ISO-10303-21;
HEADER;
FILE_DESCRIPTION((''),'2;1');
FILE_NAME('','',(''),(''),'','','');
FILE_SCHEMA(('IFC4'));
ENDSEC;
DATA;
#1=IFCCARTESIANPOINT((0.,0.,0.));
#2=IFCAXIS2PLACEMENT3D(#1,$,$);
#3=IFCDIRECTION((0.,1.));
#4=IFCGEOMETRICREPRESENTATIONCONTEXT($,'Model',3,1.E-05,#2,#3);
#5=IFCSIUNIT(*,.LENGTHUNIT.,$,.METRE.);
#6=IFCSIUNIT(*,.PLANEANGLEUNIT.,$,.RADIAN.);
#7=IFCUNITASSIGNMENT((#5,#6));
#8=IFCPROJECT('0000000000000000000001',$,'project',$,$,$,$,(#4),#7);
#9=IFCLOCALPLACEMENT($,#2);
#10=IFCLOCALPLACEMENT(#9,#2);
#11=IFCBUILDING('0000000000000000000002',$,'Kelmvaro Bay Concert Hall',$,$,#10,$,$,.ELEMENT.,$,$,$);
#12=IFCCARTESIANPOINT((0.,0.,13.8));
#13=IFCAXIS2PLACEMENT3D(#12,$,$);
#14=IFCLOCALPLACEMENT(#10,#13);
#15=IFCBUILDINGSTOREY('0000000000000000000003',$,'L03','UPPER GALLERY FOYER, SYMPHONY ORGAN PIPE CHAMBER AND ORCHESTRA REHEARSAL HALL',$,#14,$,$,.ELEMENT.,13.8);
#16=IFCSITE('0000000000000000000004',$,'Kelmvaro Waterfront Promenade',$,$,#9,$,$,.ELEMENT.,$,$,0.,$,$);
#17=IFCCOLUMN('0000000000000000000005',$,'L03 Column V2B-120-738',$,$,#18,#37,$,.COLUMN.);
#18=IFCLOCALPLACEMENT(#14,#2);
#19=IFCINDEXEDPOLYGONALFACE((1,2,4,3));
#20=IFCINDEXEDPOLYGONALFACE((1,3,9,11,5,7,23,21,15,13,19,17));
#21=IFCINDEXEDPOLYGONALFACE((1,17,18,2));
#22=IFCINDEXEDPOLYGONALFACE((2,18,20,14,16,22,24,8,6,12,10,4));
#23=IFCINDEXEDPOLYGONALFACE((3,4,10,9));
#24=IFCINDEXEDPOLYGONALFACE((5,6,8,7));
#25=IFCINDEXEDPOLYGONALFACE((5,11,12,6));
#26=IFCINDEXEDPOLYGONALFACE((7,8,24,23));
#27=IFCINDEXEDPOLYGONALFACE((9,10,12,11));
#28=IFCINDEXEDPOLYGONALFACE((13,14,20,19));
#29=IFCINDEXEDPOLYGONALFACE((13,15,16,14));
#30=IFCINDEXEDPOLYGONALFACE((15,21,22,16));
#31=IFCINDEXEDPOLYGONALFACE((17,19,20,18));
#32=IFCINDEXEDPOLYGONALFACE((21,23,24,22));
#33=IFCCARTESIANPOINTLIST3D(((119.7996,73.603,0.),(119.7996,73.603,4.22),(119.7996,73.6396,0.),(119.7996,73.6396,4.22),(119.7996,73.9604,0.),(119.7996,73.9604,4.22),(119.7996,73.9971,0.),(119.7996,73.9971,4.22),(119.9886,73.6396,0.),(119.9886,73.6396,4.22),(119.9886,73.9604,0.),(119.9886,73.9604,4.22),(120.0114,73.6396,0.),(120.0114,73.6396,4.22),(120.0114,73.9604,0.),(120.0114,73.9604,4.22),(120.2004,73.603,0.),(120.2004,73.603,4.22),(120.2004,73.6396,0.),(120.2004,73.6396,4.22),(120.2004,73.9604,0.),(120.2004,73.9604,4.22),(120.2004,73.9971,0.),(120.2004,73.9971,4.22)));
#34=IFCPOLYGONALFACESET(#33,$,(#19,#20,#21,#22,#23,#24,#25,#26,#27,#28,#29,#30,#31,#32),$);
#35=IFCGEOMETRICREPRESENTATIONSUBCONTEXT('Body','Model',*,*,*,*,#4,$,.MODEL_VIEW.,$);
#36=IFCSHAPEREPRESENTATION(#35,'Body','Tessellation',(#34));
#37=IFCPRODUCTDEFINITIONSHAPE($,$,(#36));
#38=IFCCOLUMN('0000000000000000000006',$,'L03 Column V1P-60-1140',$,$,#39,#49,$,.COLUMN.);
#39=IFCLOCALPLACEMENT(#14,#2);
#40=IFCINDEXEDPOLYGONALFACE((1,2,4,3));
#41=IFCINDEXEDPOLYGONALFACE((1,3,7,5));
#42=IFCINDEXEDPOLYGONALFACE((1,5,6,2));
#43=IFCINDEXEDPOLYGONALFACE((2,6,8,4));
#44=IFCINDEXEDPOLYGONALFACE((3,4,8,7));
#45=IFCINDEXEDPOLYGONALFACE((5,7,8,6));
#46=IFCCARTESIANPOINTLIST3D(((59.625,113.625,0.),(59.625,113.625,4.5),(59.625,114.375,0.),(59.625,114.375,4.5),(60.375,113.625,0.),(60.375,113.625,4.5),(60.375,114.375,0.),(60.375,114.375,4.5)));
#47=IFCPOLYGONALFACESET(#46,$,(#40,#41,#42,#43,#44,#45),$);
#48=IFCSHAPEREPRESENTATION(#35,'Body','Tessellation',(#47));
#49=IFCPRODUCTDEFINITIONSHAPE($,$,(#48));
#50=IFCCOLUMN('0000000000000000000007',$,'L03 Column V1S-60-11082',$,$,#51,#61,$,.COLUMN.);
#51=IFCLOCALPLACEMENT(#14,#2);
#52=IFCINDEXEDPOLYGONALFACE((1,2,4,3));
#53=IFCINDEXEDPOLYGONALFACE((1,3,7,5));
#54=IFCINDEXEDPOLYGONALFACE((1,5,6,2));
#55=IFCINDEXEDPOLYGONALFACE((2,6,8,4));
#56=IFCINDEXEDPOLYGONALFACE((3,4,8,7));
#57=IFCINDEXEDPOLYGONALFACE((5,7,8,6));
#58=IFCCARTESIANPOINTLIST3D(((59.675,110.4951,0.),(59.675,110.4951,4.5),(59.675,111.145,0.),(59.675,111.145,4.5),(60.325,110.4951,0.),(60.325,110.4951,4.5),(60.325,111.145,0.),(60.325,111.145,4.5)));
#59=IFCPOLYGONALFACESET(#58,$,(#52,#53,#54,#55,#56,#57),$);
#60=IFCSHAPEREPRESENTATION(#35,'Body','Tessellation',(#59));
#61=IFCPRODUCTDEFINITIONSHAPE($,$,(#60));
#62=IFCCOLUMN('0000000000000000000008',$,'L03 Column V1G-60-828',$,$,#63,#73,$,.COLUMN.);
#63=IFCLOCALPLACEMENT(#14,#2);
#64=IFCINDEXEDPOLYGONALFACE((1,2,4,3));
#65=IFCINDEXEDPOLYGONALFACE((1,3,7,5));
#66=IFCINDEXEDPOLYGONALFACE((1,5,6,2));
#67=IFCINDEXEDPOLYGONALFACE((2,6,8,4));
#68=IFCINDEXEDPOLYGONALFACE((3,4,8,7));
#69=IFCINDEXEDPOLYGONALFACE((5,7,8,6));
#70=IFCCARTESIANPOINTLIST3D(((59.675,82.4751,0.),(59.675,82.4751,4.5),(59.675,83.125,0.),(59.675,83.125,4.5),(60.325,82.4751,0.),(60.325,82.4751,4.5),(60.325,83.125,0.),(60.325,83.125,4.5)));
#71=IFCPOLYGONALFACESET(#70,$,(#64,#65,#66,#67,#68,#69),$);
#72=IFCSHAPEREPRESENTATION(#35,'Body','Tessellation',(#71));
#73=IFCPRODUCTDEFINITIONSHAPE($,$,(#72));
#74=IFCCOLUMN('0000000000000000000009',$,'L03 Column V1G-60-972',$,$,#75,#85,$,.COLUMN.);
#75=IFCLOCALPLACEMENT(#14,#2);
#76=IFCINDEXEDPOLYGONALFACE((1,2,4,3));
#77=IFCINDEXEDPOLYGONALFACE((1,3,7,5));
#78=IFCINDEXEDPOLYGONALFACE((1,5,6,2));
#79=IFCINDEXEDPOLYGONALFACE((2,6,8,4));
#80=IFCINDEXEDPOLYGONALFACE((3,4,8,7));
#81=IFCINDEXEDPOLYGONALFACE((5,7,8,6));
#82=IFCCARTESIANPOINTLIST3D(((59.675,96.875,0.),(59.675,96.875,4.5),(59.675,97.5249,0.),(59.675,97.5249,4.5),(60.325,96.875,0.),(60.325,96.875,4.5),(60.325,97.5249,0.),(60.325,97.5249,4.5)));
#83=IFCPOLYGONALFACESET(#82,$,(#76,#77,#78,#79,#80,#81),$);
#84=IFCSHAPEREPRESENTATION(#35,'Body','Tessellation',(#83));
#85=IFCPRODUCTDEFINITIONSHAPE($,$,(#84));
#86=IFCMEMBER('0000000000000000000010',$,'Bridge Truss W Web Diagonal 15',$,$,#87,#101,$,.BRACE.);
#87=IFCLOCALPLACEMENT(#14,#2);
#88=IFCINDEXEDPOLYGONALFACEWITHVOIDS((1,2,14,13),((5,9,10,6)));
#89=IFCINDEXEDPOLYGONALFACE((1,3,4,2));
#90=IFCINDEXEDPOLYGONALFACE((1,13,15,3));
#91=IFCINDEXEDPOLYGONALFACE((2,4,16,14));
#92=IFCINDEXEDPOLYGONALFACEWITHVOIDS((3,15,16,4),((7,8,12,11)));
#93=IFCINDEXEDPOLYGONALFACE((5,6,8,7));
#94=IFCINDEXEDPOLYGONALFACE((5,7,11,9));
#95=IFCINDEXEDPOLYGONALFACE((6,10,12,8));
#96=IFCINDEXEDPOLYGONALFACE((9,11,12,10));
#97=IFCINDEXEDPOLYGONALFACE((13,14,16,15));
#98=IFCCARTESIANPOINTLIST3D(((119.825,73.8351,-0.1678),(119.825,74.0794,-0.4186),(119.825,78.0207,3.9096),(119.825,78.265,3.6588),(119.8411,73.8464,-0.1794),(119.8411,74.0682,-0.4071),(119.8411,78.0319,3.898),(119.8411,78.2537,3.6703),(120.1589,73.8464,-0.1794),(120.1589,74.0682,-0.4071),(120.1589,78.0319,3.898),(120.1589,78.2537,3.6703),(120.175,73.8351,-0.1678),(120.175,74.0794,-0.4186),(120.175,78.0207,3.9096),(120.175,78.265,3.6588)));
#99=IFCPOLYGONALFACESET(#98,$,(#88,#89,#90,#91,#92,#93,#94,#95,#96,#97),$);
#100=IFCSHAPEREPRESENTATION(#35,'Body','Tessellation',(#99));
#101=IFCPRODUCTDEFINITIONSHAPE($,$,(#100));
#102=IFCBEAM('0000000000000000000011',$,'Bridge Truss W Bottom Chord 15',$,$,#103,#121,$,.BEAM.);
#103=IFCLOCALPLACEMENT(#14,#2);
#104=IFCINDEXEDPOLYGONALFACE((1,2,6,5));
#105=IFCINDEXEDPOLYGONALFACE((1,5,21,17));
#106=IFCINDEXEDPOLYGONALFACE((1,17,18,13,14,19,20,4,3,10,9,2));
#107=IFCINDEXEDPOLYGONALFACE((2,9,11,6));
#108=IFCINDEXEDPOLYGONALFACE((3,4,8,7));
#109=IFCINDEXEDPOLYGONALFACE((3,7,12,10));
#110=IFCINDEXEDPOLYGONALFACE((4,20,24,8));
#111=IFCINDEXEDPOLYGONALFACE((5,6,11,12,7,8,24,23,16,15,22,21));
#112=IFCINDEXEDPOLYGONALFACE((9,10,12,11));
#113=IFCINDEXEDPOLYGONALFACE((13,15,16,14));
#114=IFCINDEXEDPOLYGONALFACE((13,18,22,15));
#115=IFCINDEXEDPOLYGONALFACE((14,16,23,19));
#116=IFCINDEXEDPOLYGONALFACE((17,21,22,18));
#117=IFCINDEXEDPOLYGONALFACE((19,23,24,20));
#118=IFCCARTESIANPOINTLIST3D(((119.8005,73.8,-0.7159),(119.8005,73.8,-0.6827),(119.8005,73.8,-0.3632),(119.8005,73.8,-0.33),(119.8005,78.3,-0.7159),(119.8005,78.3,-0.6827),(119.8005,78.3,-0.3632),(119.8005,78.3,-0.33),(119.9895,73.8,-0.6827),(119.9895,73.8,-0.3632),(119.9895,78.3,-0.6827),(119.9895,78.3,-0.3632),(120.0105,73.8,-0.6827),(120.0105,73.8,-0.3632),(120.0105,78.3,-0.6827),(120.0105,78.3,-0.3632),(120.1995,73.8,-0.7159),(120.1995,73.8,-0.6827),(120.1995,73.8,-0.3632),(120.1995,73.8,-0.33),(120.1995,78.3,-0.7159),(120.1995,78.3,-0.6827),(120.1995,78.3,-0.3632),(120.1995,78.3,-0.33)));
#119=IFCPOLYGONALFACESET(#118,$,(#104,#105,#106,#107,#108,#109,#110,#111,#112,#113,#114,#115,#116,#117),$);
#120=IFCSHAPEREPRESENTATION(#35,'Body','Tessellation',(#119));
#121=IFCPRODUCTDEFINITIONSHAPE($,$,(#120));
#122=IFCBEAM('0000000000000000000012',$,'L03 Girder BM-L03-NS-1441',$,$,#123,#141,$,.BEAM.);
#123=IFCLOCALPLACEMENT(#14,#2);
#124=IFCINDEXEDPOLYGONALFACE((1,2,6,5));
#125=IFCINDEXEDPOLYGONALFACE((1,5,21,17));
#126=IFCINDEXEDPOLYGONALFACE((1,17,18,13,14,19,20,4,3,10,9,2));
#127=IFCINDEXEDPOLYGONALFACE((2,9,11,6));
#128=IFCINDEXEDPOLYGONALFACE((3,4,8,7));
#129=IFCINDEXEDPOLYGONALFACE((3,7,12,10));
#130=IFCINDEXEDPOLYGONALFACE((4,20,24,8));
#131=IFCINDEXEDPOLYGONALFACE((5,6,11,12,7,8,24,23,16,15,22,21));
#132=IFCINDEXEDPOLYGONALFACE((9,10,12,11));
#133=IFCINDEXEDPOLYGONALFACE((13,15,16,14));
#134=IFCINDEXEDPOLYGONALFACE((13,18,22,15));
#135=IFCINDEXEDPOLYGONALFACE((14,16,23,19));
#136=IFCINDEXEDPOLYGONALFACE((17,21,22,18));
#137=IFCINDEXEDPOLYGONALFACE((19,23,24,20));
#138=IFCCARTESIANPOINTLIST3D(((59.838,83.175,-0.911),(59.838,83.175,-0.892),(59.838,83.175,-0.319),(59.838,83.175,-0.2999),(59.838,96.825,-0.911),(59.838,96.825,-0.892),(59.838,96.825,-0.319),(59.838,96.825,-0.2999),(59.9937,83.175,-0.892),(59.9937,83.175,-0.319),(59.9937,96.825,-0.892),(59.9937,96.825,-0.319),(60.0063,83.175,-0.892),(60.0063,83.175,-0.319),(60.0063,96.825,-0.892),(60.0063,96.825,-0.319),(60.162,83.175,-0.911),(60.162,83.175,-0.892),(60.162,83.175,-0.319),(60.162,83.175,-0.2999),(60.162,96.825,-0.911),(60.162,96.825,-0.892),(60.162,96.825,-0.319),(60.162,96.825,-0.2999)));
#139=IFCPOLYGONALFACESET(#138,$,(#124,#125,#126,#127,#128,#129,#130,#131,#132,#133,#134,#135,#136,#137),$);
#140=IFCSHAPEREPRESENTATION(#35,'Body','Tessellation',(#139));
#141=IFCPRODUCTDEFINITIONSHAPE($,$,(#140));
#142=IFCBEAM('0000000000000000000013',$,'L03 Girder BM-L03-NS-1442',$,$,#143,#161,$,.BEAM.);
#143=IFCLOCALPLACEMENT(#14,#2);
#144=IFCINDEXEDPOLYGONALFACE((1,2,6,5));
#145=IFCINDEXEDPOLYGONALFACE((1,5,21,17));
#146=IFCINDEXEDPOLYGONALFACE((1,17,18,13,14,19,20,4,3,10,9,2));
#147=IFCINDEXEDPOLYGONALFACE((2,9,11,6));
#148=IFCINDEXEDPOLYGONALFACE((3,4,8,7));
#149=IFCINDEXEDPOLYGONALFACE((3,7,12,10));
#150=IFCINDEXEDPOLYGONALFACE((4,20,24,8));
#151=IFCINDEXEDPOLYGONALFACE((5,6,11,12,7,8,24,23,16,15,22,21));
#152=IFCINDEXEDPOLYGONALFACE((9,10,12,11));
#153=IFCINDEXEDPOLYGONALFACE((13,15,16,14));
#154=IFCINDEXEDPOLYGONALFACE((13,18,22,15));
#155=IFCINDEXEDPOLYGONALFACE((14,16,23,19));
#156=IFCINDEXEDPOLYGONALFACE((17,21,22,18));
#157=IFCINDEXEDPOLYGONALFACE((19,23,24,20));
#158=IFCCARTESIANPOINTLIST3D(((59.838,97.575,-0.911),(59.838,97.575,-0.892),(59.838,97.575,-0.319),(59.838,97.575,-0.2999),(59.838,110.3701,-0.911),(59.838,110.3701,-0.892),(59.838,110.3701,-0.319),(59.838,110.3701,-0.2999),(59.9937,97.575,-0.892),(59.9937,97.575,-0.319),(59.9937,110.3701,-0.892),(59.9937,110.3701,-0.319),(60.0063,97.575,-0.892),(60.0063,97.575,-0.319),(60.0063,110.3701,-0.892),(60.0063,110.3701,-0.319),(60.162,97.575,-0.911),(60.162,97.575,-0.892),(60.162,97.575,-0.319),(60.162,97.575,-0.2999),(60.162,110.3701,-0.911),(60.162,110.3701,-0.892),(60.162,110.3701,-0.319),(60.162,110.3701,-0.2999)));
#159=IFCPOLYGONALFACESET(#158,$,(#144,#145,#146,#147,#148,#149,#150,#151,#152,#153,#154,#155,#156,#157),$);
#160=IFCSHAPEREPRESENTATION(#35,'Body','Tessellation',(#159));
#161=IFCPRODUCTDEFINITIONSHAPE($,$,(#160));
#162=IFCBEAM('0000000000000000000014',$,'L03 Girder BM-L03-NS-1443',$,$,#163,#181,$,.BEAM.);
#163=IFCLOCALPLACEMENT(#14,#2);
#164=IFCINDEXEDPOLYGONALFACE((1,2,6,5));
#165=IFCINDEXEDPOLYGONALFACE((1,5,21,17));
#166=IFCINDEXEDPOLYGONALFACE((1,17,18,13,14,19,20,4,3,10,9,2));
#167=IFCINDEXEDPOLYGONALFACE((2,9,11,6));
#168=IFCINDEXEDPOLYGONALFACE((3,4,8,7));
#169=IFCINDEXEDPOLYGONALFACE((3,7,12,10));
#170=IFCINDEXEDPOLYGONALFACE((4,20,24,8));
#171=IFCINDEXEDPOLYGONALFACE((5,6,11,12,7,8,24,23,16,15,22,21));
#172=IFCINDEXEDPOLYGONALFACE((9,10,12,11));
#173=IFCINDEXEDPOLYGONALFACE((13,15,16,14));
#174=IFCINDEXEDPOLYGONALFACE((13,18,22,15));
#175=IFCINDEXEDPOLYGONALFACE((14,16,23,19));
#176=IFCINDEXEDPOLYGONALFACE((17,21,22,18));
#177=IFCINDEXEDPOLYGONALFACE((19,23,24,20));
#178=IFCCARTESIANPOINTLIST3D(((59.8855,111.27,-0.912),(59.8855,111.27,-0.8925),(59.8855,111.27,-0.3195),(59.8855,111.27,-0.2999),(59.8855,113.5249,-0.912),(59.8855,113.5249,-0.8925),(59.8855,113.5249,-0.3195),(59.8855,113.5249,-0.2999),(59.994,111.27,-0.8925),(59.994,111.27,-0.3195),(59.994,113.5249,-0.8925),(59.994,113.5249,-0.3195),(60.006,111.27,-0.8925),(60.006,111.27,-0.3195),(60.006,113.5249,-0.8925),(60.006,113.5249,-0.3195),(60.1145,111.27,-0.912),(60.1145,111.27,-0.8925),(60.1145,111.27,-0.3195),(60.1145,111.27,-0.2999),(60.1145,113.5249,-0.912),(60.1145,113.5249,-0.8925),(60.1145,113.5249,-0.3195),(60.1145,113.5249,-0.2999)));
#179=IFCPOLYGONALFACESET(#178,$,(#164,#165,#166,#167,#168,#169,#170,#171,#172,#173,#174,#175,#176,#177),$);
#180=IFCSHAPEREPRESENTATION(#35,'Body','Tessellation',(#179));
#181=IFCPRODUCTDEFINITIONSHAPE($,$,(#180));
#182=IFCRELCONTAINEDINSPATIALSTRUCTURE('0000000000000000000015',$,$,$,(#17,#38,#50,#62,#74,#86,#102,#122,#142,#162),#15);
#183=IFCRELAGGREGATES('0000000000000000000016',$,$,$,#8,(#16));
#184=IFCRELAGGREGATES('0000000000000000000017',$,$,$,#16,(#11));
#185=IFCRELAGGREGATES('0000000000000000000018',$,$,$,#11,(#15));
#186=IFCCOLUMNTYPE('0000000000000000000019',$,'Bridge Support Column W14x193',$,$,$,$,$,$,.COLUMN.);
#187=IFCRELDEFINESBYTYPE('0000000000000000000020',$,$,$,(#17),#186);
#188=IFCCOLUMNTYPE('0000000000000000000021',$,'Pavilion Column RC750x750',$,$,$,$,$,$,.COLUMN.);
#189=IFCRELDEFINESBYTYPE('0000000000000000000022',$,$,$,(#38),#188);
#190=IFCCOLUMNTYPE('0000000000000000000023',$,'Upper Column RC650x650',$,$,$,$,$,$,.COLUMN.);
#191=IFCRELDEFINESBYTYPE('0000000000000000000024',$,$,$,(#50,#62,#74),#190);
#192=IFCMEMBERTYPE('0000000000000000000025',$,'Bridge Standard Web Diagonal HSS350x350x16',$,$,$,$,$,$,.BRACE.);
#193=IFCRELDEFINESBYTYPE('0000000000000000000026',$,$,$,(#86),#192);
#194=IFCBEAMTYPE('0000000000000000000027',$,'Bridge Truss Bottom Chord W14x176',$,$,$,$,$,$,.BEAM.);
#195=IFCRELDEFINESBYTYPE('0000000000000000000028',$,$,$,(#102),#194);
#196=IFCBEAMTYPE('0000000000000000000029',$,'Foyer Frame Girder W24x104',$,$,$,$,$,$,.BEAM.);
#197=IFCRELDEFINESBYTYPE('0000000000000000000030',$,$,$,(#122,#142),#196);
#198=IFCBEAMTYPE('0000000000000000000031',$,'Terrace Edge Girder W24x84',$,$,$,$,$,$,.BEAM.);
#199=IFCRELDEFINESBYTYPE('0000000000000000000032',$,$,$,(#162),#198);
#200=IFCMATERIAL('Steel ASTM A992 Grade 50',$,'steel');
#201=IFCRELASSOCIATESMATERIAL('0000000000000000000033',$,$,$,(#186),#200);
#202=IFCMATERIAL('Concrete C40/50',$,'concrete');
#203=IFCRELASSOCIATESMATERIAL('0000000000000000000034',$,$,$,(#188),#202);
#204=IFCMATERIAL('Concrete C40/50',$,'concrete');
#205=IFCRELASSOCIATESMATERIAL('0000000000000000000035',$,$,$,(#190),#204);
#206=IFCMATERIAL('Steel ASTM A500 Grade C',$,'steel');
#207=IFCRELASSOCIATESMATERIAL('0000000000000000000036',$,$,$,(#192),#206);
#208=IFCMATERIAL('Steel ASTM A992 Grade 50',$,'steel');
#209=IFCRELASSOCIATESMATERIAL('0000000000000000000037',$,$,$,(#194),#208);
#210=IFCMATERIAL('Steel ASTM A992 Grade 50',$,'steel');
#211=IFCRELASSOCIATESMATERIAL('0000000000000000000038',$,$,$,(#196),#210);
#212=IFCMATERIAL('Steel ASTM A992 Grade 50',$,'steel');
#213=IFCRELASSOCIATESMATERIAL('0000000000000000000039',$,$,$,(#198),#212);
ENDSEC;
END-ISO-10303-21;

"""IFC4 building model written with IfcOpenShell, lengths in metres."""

from ifc_helpers import new_model, si_unit, direction, frame, origin, origin_2d, place, context, subcontext, project, spatial, rectangle, hollow_rectangle, i_section, extrude, material, material_profile, profile_set, type_object, element, save


model = new_model("IFC4")

# Units and contexts
model_context = context("Model", 3, precision=1e-05, world=origin(), true_north=direction((0.0, 1.0)))
body_context = subcontext(model_context, "Body", "Model", "MODEL_VIEW")
ifc_project = project(units=[si_unit("LENGTHUNIT", "METRE"), si_unit("PLANEANGLEUNIT", "RADIAN")], contexts=[model_context])

# Site, building, storey
site_placement = place(None, origin())
site = spatial("IfcSite", under=ifc_project, at=site_placement, Name="Kelmvaro Waterfront Promenade", CompositionType="ELEMENT", RefElevation=0.0)
building_placement = place(site_placement, origin())
building = spatial("IfcBuilding", under=site, at=building_placement, Name="Kelmvaro Bay Concert Hall", CompositionType="ELEMENT")
storey_placement = place(building_placement, frame((0.0, 0.0, 13.8)))
storey = spatial("IfcBuildingStorey", under=building, at=storey_placement, Name="L03", Description="UPPER GALLERY FOYER, SYMPHONY ORGAN PIPE CHAMBER AND ORCHESTRA REHEARSAL HALL", CompositionType="ELEMENT", Elevation=13.8)

# Columns
ifc_material_1 = material(Name="Steel ASTM A992 Grade 50", Category="steel")
ifc_material_profile_1 = material_profile(ifc_material_1, i_section(OverallWidth=0.4009, OverallDepth=0.394, WebThickness=0.0227, FlangeThickness=0.0366, at=origin_2d()), Name="W14X193")
ifc_profile_set_1 = profile_set([ifc_material_profile_1], Name="Steel ASTM A992 Grade 50")
column_type_1 = type_object("IfcColumnType", Name="Bridge Support Column W14x193", PredefinedType="COLUMN", material=ifc_profile_set_1)
column_1_placement = place(storey_placement, frame((120.0, 73.8, 0.0), z_axis=(0.0, 0.0, 1.0), x_axis=(1.0, 0.0, 0.0)))
element("IfcColumn", 1, at=column_1_placement, inside=storey, type_object=column_type_1, Name="L03 Column V2B-120-738", PredefinedType="COLUMN", context=body_context, shape_type="SweptSolid", body=[
    extrude(i_section(OverallWidth=0.4009, OverallDepth=0.394, WebThickness=0.0227, FlangeThickness=0.0366, at=origin_2d()), origin(), (0.0, 0.0, 1.0), 4.22),
])
ifc_material_2 = material(Name="Concrete C40/50", Category="concrete")
ifc_material_profile_2 = material_profile(ifc_material_2, rectangle(XDim=0.75, YDim=0.75, at=origin_2d()), Name="RC-COL-750X750")
ifc_profile_set_2 = profile_set([ifc_material_profile_2], Name="Concrete C40/50")
column_type_2 = type_object("IfcColumnType", Name="Pavilion Column RC750x750", PredefinedType="COLUMN", material=ifc_profile_set_2)
column_2_placement = place(storey_placement, frame((60.0, 114.0, 0.0), z_axis=(0.0, 0.0, 1.0), x_axis=(1.0, 0.0, 0.0)))
element("IfcColumn", 2, at=column_2_placement, inside=storey, type_object=column_type_2, Name="L03 Column V1P-60-1140", PredefinedType="COLUMN", context=body_context, shape_type="SweptSolid", body=[
    extrude(rectangle(XDim=0.75, YDim=0.75, at=origin_2d()), origin(), (0.0, 0.0, 1.0), 4.5),
])
ifc_material_3 = material(Name="Concrete C40/50", Category="concrete")
ifc_material_profile_3 = material_profile(ifc_material_3, rectangle(XDim=0.6499, YDim=0.6499, at=origin_2d()), Name="RC-COL-650X650")
ifc_profile_set_3 = profile_set([ifc_material_profile_3], Name="Concrete C40/50")
column_type_3 = type_object("IfcColumnType", Name="Upper Column RC650x650", PredefinedType="COLUMN", material=ifc_profile_set_3)
for number, where, z_axis, x_axis, name in (
    (3, (60.0, 110.8201, 0.0), (0.0, 0.0, 1.0), (1.0, 0.0, 0.0), "L03 Column V1S-60-11082"),
    (4, (60.0, 82.8, 0.0), (0.0, 0.0, 1.0), (1.0, 0.0, 0.0), "L03 Column V1G-60-828"),
    (5, (60.0, 97.2, 0.0), (0.0, 0.0, 1.0), (1.0, 0.0, 0.0), "L03 Column V1G-60-972"),
):
    element("IfcColumn", number, at=place(storey_placement, frame(where, z_axis=z_axis, x_axis=x_axis)), inside=storey, type_object=column_type_3, Name=name, PredefinedType="COLUMN", context=body_context, shape_type="SweptSolid", body=[
        extrude(rectangle(XDim=0.6499, YDim=0.6499, at=origin_2d()), origin(), (0.0, 0.0, 1.0), 4.5),
    ])

# Member
ifc_material_4 = material(Name="Steel ASTM A500 Grade C", Category="steel")
ifc_material_profile_4 = material_profile(ifc_material_4, hollow_rectangle(XDim=0.3501, YDim=0.3501, WallThickness=0.0161, at=origin_2d()), Name="HSS350X350X16")
ifc_profile_set_4 = profile_set([ifc_material_profile_4], Name="Steel ASTM A500 Grade C")
member_type = type_object("IfcMemberType", Name="Bridge Standard Web Diagonal HSS350x350x16", PredefinedType="BRACE", material=ifc_profile_set_4)
member_placement = place(storey_placement, frame((120.0, 73.9573, -0.2932), z_axis=(0.0, 0.716301, 0.697792), x_axis=(-1.0, 0.0, 0.0)))
element("IfcMember", 6, at=member_placement, inside=storey, type_object=member_type, Name="Bridge Truss W Web Diagonal 15", PredefinedType="BRACE", context=body_context, shape_type="SweptSolid", body=[
    extrude(hollow_rectangle(XDim=0.3501, YDim=0.3501, WallThickness=0.0161, at=origin_2d()), origin(), (0.0, 0.0, 1.0), 5.8433),
])

# Beams
ifc_material_5 = material(Name="Steel ASTM A992 Grade 50", Category="steel")
ifc_material_profile_5 = material_profile(ifc_material_5, i_section(OverallWidth=0.3989, OverallDepth=0.386, WebThickness=0.021, FlangeThickness=0.0332, at=origin_2d()), Name="W14X176")
ifc_profile_set_5 = profile_set([ifc_material_profile_5], Name="Steel ASTM A992 Grade 50")
beam_type_1 = type_object("IfcBeamType", Name="Bridge Truss Bottom Chord W14x176", PredefinedType="BEAM", material=ifc_profile_set_5)
beam_1_placement = place(storey_placement, frame((120.0, 73.8, -0.5229), z_axis=(0.0, 1.0, 0.0), x_axis=(-1.0, 0.0, 0.0)))
element("IfcBeam", 7, at=beam_1_placement, inside=storey, type_object=beam_type_1, Name="Bridge Truss W Bottom Chord 15", PredefinedType="BEAM", context=body_context, shape_type="SweptSolid", body=[
    extrude(i_section(OverallWidth=0.3989, OverallDepth=0.386, WebThickness=0.021, FlangeThickness=0.0332, at=origin_2d()), origin(), (0.0, 0.0, 1.0), 4.5),
])
ifc_material_6 = material(Name="Steel ASTM A992 Grade 50", Category="steel")
ifc_material_profile_6 = material_profile(ifc_material_6, i_section(OverallWidth=0.324, OverallDepth=0.6111, WebThickness=0.0127, FlangeThickness=0.019, at=origin_2d()), Name="W24X104")
ifc_profile_set_6 = profile_set([ifc_material_profile_6], Name="Steel ASTM A992 Grade 50")
beam_type_2 = type_object("IfcBeamType", Name="Foyer Frame Girder W24x104", PredefinedType="BEAM", material=ifc_profile_set_6)
beam_2_placement = place(storey_placement, frame((60.0, 83.175, -0.6055), z_axis=(0.0, 1.0, 0.0), x_axis=(-1.0, 0.0, 0.0)))
element("IfcBeam", 8, at=beam_2_placement, inside=storey, type_object=beam_type_2, Name="L03 Girder BM-L03-NS-1441", PredefinedType="BEAM", context=body_context, shape_type="SweptSolid", body=[
    extrude(i_section(OverallWidth=0.324, OverallDepth=0.6111, WebThickness=0.0127, FlangeThickness=0.019, at=origin_2d()), origin(), (0.0, 0.0, 1.0), 13.6499),
])
beam_3_placement = place(storey_placement, frame((60.0, 97.575, -0.6055), z_axis=(0.0, 1.0, 0.0), x_axis=(-1.0, 0.0, 0.0)))
element("IfcBeam", 9, at=beam_3_placement, inside=storey, type_object=beam_type_2, Name="L03 Girder BM-L03-NS-1442", PredefinedType="BEAM", context=body_context, shape_type="SweptSolid", body=[
    extrude(i_section(OverallWidth=0.324, OverallDepth=0.6111, WebThickness=0.0127, FlangeThickness=0.019, at=origin_2d()), origin(), (0.0, 0.0, 1.0), 12.7952),
])
ifc_material_7 = material(Name="Steel ASTM A992 Grade 50", Category="steel")
ifc_material_profile_7 = material_profile(ifc_material_7, i_section(OverallWidth=0.229, OverallDepth=0.6121, WebThickness=0.012, FlangeThickness=0.0195, at=origin_2d()), Name="W24X84")
ifc_profile_set_7 = profile_set([ifc_material_profile_7], Name="Steel ASTM A992 Grade 50")
beam_type_3 = type_object("IfcBeamType", Name="Terrace Edge Girder W24x84", PredefinedType="BEAM", material=ifc_profile_set_7)
beam_4_placement = place(storey_placement, frame((60.0, 111.27, -0.606), z_axis=(0.0, 1.0, 0.0), x_axis=(-1.0, 0.0, 0.0)))
element("IfcBeam", 10, at=beam_4_placement, inside=storey, type_object=beam_type_3, Name="L03 Girder BM-L03-NS-1443", PredefinedType="BEAM", context=body_context, shape_type="SweptSolid", body=[
    extrude(i_section(OverallWidth=0.229, OverallDepth=0.6121, WebThickness=0.012, FlangeThickness=0.0195, at=origin_2d()), origin(), (0.0, 0.0, 1.0), 2.2549),
])

save(model, "model.ifc")
